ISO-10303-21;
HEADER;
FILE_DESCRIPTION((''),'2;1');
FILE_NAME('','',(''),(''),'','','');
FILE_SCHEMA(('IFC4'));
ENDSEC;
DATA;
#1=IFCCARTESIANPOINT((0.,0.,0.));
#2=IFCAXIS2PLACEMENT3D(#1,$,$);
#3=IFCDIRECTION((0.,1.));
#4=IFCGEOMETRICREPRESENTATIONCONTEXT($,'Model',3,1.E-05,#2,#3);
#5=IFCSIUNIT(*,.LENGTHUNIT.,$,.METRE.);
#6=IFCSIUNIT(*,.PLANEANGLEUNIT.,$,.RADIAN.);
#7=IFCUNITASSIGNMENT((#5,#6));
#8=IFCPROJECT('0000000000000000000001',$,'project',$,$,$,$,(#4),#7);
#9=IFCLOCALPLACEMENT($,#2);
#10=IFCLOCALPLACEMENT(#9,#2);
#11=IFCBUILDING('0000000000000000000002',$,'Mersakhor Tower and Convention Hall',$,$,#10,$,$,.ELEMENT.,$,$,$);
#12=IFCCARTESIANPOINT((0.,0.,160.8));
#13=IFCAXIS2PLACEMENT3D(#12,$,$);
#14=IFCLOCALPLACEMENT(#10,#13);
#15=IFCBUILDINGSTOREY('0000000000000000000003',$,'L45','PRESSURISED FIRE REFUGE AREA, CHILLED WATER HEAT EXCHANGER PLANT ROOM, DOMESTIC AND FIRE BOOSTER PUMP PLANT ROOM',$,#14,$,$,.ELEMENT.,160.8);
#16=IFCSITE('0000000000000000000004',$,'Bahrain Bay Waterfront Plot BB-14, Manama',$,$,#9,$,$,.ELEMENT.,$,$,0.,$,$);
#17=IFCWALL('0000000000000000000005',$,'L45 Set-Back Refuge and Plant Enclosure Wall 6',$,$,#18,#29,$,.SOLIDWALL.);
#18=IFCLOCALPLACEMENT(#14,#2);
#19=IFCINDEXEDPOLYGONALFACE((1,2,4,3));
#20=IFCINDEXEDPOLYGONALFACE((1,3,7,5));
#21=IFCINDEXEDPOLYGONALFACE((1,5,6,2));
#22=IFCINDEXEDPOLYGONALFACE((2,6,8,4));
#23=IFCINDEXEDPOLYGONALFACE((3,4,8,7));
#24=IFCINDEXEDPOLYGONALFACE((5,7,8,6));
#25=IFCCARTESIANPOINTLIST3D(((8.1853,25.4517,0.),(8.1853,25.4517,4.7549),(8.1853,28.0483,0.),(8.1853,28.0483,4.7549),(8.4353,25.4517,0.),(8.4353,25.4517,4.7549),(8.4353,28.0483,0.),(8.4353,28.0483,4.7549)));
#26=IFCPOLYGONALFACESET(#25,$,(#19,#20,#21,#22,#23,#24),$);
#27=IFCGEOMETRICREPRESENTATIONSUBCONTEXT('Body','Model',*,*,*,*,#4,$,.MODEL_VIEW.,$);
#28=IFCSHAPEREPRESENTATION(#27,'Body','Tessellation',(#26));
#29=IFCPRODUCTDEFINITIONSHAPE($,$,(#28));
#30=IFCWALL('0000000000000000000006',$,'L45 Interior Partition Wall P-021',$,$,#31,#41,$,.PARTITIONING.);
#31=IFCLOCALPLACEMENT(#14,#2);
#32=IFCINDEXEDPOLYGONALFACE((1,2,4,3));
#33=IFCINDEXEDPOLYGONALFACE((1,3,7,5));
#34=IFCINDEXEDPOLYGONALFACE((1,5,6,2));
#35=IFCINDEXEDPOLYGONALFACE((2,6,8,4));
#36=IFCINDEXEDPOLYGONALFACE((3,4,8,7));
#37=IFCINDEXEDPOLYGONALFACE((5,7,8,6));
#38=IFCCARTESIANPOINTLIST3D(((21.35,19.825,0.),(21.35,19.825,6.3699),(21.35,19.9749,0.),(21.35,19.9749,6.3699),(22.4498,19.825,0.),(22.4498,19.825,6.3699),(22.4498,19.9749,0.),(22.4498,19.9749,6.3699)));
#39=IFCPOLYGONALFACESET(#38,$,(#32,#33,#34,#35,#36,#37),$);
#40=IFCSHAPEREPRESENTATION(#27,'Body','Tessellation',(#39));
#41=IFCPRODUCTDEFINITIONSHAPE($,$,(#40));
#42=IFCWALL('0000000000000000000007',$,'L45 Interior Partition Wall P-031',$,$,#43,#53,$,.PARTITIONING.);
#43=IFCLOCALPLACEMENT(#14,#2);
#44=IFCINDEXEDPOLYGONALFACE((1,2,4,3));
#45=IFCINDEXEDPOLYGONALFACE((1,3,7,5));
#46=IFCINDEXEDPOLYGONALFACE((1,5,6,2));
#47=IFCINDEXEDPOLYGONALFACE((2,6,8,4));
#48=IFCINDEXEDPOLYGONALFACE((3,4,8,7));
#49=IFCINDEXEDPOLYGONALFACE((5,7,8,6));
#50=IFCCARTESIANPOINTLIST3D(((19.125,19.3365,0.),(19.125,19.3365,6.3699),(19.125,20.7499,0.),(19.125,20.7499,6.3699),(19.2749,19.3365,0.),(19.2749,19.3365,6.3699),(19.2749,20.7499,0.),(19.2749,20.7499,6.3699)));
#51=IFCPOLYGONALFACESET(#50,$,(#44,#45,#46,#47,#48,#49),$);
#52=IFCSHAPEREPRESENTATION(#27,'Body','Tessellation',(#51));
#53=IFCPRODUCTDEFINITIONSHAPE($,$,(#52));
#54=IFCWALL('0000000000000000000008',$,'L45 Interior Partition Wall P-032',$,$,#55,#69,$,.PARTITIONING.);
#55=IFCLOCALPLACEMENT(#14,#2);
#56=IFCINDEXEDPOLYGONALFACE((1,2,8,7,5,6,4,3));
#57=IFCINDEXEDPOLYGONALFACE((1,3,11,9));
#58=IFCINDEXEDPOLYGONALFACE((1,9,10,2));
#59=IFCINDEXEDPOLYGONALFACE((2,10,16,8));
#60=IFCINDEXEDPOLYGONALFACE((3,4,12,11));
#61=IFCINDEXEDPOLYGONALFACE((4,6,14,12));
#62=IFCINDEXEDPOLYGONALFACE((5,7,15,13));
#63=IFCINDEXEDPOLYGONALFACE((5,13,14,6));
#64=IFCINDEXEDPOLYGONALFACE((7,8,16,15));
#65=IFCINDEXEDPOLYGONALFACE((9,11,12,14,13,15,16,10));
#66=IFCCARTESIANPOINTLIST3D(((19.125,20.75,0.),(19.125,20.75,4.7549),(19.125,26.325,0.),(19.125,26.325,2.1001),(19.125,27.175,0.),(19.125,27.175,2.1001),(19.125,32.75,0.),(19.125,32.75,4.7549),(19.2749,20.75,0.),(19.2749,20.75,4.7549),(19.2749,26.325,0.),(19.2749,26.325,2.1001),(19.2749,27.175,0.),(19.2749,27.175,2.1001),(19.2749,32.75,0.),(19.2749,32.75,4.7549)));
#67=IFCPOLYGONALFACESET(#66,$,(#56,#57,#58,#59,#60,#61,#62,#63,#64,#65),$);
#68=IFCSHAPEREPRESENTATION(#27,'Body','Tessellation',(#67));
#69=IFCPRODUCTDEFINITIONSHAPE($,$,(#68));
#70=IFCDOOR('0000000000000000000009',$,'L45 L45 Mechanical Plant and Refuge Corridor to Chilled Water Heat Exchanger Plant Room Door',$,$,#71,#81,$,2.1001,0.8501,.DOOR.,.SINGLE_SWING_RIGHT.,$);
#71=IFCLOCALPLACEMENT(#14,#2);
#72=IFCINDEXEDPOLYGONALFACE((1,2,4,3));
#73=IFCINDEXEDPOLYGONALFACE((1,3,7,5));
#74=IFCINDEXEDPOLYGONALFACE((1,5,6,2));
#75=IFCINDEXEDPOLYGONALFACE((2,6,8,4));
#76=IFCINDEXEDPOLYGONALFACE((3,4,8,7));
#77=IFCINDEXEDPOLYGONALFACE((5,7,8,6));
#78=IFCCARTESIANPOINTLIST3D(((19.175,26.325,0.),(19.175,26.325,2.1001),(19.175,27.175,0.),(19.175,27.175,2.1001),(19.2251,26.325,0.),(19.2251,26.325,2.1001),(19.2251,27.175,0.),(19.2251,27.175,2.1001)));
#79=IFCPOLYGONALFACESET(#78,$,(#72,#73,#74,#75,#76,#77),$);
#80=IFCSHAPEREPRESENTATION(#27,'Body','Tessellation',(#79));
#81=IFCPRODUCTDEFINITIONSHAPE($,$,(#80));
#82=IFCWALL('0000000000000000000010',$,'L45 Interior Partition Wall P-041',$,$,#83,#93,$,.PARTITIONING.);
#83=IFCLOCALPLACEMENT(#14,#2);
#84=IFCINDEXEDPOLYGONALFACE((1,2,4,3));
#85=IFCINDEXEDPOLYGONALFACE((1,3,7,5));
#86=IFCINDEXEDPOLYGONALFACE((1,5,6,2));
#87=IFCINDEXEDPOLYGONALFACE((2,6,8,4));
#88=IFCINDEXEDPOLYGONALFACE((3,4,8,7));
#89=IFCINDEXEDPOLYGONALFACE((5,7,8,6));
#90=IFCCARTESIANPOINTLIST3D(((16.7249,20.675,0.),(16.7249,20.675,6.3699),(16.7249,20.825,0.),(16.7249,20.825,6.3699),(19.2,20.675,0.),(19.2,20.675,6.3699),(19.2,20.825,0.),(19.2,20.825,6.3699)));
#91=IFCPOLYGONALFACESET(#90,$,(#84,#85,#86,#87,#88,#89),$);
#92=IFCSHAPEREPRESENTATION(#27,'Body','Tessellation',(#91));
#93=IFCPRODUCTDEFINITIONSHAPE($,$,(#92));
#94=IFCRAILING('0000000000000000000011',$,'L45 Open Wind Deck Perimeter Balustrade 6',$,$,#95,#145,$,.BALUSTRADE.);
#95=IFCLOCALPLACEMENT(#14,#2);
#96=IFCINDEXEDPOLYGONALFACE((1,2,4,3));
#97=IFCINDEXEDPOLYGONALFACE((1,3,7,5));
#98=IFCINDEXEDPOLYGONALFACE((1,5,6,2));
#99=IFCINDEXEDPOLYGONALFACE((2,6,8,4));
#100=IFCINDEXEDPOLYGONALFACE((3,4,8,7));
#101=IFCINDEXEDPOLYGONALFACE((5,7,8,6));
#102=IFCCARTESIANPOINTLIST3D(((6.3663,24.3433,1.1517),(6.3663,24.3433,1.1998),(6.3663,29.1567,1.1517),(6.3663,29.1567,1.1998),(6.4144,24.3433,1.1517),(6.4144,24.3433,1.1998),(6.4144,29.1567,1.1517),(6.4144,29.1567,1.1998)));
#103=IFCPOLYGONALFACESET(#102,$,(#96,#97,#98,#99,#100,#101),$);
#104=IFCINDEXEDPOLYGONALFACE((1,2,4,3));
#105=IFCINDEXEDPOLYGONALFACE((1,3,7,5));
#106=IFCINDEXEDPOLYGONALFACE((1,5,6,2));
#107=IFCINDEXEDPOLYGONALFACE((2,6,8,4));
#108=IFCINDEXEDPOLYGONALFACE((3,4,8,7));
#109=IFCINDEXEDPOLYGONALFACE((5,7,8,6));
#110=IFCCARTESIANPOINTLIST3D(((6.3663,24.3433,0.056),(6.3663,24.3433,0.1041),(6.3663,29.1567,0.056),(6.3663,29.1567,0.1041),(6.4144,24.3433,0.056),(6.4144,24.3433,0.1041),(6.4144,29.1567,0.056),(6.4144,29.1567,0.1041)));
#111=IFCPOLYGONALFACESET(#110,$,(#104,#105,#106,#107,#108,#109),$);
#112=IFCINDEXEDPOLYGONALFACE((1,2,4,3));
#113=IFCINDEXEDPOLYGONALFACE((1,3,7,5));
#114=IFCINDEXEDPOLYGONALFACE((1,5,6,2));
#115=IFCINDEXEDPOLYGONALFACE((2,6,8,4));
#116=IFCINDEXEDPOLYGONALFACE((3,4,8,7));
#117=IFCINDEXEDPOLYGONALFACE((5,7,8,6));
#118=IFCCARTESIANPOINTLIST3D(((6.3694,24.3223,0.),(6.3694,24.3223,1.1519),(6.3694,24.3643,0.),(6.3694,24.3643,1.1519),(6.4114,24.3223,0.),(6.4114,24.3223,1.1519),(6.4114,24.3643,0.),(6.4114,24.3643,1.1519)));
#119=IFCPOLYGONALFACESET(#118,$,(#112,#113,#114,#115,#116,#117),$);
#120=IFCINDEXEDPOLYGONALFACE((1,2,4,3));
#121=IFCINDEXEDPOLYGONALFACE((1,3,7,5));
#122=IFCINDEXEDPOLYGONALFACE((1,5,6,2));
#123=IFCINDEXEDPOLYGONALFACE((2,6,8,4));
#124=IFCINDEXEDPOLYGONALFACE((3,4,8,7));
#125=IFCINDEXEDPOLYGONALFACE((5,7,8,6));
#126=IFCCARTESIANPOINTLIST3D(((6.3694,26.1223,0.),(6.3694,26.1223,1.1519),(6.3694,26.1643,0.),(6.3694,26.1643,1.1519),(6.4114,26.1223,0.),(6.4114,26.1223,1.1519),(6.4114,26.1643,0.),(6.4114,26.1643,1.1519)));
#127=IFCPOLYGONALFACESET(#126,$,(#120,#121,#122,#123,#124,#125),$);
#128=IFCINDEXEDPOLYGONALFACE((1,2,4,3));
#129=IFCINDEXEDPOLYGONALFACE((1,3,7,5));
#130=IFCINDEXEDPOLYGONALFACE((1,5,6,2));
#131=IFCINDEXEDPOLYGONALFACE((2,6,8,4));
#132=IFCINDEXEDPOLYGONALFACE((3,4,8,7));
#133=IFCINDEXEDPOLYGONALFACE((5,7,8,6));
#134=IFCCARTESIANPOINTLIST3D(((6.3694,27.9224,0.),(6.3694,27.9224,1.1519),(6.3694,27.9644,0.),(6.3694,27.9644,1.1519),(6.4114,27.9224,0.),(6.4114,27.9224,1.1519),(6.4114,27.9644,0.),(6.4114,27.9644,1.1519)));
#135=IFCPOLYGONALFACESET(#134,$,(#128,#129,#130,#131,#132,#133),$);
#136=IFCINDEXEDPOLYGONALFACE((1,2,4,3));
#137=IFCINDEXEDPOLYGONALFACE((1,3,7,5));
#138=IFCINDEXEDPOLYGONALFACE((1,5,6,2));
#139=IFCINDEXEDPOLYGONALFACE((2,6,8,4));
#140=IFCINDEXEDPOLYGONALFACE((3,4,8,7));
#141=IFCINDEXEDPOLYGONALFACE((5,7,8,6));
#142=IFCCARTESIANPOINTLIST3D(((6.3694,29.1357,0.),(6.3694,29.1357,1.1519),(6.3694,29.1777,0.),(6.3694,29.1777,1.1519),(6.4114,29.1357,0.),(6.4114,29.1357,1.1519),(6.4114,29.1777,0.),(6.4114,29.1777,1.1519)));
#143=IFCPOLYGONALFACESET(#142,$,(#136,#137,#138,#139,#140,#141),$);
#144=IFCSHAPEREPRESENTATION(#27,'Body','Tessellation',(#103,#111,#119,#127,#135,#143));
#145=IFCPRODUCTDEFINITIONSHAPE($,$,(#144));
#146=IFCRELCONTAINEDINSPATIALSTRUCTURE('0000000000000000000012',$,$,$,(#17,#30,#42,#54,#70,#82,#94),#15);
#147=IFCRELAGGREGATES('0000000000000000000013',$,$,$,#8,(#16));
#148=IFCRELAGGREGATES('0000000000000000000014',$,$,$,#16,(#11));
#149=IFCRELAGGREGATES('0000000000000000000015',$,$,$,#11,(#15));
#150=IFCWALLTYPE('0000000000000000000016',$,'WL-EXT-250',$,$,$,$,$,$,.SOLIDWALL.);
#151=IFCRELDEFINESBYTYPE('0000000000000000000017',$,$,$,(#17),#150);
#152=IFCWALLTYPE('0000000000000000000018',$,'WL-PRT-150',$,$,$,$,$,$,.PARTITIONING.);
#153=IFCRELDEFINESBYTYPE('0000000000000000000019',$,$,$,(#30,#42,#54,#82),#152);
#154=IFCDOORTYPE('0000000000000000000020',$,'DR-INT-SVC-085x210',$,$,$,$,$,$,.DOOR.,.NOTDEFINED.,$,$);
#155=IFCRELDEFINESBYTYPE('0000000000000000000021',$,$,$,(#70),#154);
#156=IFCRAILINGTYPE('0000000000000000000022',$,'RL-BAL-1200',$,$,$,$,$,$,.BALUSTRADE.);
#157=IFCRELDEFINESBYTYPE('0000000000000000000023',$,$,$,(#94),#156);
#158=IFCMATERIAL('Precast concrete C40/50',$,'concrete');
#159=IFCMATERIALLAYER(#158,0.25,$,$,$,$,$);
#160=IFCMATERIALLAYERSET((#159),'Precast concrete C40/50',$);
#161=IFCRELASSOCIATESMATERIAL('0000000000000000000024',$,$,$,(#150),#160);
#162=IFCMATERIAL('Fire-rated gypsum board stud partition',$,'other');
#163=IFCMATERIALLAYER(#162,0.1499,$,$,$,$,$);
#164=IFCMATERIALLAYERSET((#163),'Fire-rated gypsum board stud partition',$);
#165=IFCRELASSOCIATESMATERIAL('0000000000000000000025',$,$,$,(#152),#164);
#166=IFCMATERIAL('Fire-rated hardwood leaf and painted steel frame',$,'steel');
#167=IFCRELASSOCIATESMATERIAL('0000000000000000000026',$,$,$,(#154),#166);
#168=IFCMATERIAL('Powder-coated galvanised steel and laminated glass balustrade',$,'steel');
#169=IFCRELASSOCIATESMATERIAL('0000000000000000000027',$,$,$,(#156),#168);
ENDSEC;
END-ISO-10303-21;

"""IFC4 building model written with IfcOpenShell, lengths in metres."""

from ifc_helpers import new_model, si_unit, direction, frame, frame_2d, origin, origin_2d, place, context, subcontext, project, spatial, rectangle, extrude, material, layer, layer_set, type_object, element, fill, save


model = new_model("IFC4")

# Units and contexts
model_context = context("Model", 3, precision=1e-05, world=origin(), true_north=direction((0.0, 1.0)))
body_context = subcontext(model_context, "Body", "Model", "MODEL_VIEW")
ifc_project = project(units=[si_unit("LENGTHUNIT", "METRE"), si_unit("PLANEANGLEUNIT", "RADIAN")], contexts=[model_context])

# Site, building, storey
site_placement = place(None, origin())
site = spatial("IfcSite", under=ifc_project, at=site_placement, Name="Bahrain Bay Waterfront Plot BB-14, Manama", CompositionType="ELEMENT", RefElevation=0.0)
building_placement = place(site_placement, origin())
building = spatial("IfcBuilding", under=site, at=building_placement, Name="Mersakhor Tower and Convention Hall", CompositionType="ELEMENT")
storey_placement = place(building_placement, frame((0.0, 0.0, 160.8)))
storey = spatial("IfcBuildingStorey", under=building, at=storey_placement, Name="L45", Description="PRESSURISED FIRE REFUGE AREA, CHILLED WATER HEAT EXCHANGER PLANT ROOM, DOMESTIC AND FIRE BOOSTER PUMP PLANT ROOM", CompositionType="ELEMENT", Elevation=160.8)

# Walls
ifc_material_1 = material(Name="Precast concrete C40/50", Category="concrete")
ifc_layer_1 = layer(ifc_material_1, 0.25)
ifc_layer_set_1 = layer_set([ifc_layer_1], Name="Precast concrete C40/50")
wall_type_1 = type_object("IfcWallType", Name="WL-EXT-250", PredefinedType="SOLIDWALL", material=ifc_layer_set_1)
wall_1_placement = place(storey_placement, frame((8.3103, 25.4517, 0.0), z_axis=(0.0, 0.0, 1.0), x_axis=(0.0, 1.0, 0.0)))
element("IfcWall", 1, at=wall_1_placement, inside=storey, type_object=wall_type_1, Name="L45 Set-Back Refuge and Plant Enclosure Wall 6", PredefinedType="SOLIDWALL", context=body_context, shape_type="SweptSolid", body=[
    extrude(rectangle(XDim=2.5967, YDim=0.25, at=frame_2d((1.2983, 0.0))), origin(), (0.0, 0.0, 1.0), 4.7549),
])
ifc_material_2 = material(Name="Fire-rated gypsum board stud partition", Category="other")
ifc_layer_2 = layer(ifc_material_2, 0.1499)
ifc_layer_set_2 = layer_set([ifc_layer_2], Name="Fire-rated gypsum board stud partition")
wall_type_2 = type_object("IfcWallType", Name="WL-PRT-150", PredefinedType="PARTITIONING", material=ifc_layer_set_2)
wall_2_placement = place(storey_placement, frame((21.3501, 19.8999, 0.0), z_axis=(0.0, 0.0, 1.0), x_axis=(1.0, 0.0, 0.0)))
element("IfcWall", 2, at=wall_2_placement, inside=storey, type_object=wall_type_2, Name="L45 Interior Partition Wall P-021", PredefinedType="PARTITIONING", context=body_context, shape_type="SweptSolid", body=[
    extrude(rectangle(XDim=1.0999, YDim=0.1499, at=frame_2d((0.5498, 0.0))), origin(), (0.0, 0.0, 1.0), 6.3699),
])
wall_3_placement = place(storey_placement, frame((19.2, 19.3367, 0.0), z_axis=(0.0, 0.0, 1.0), x_axis=(0.0, 1.0, 0.0)))
element("IfcWall", 3, at=wall_3_placement, inside=storey, type_object=wall_type_2, Name="L45 Interior Partition Wall P-031", PredefinedType="PARTITIONING", context=body_context, shape_type="SweptSolid", body=[
    extrude(rectangle(XDim=1.4133, YDim=0.1499, at=frame_2d((0.7065, 0.0))), origin(), (0.0, 0.0, 1.0), 6.3699),
])

# Wall, opening, door
wall_4_placement = place(storey_placement, frame((19.2, 20.75, 0.0), z_axis=(0.0, 0.0, 1.0), x_axis=(0.0, 1.0, 0.0)))
wall_4 = element("IfcWall", 4, at=wall_4_placement, inside=storey, type_object=wall_type_2, Name="L45 Interior Partition Wall P-032", PredefinedType="PARTITIONING", context=body_context, shape_type="SweptSolid", body=[
    extrude(rectangle(XDim=12.0, YDim=0.1499, at=frame_2d((6.0, 0.0))), origin(), (0.0, 0.0, 1.0), 4.7549),
])
opening_placement = place(wall_4_placement, frame((5.575, 0.0, 0.0)))
opening = element("IfcOpeningElement", 5, at=opening_placement, cuts=wall_4, PredefinedType="OPENING", context=body_context, shape_type="SweptSolid", body=[
    extrude(rectangle(XDim=0.8501, YDim=2.1001, at=frame_2d((0.425, 1.05))), frame((0.0, 0.085, 0.0), z_axis=(0.0, -1.0, 0.0), x_axis=(1.0, 0.0, 0.0)), (0.0, 0.0, 1.0), 0.1699),
])
ifc_material_3 = material(Name="Fire-rated hardwood leaf and painted steel frame", Category="steel")
door_type = type_object("IfcDoorType", Name="DR-INT-SVC-085x210", OperationType="NOTDEFINED", PredefinedType="DOOR", material=ifc_material_3)
door_placement = place(opening_placement, origin())
door = element("IfcDoor", 6, at=door_placement, inside=storey, type_object=door_type, Name="L45 L45 Mechanical Plant and Refuge Corridor to Chilled Water Heat Exchanger Plant Room Door", OperationType="SINGLE_SWING_RIGHT", OverallHeight=2.1001, OverallWidth=0.8501, PredefinedType="DOOR", context=body_context, shape_type="SweptSolid", body=[
    extrude(rectangle(XDim=0.8501, YDim=2.1001, at=frame_2d((0.425, 1.05))), frame((0.0, 0.0249, 0.0), z_axis=(0.0, -1.0, 0.0), x_axis=(1.0, 0.0, 0.0)), (0.0, 0.0, 1.0), 0.05),
])
fill(opening, door)

# Wall
wall_5_placement = place(storey_placement, frame((19.2, 20.75, 0.0), z_axis=(0.0, 0.0, 1.0), x_axis=(-1.0, 0.0, 0.0)))
element("IfcWall", 7, at=wall_5_placement, inside=storey, type_object=wall_type_2, Name="L45 Interior Partition Wall P-041", PredefinedType="PARTITIONING", context=body_context, shape_type="SweptSolid", body=[
    extrude(rectangle(XDim=2.4751, YDim=0.1499, at=frame_2d((1.2375, 0.0))), origin(), (0.0, 0.0, 1.0), 6.3699),
])

# Railing
ifc_material_4 = material(Name="Powder-coated galvanised steel and laminated glass balustrade", Category="steel")
railing_type = type_object("IfcRailingType", Name="RL-BAL-1200", PredefinedType="BALUSTRADE", material=ifc_material_4)
railing_placement = place(storey_placement, frame((6.3904, 24.3433, 0.0)))
element("IfcRailing", 8, at=railing_placement, inside=storey, type_object=railing_type, Name="L45 Open Wind Deck Perimeter Balustrade 6", PredefinedType="BALUSTRADE", context=body_context, shape_type="SweptSolid", body=[
    extrude(rectangle(XDim=0.0481, YDim=0.0481, at=origin_2d()), frame((0.0, 0.0, 1.1758), z_axis=(0.0, 1.0, 0.0), x_axis=(-1.0, 0.0, 0.0)), (0.0, 0.0, 1.0), 4.8135),
    extrude(rectangle(XDim=0.0481, YDim=0.0481, at=origin_2d()), frame((0.0, 0.0, 0.0801), z_axis=(0.0, 1.0, 0.0), x_axis=(-1.0, 0.0, 0.0)), (0.0, 0.0, 1.0), 4.8135),
    extrude(rectangle(XDim=0.042, YDim=0.042, at=origin_2d()), origin(), (0.0, 0.0, 1.0), 1.1519),
    extrude(rectangle(XDim=0.042, YDim=0.042, at=origin_2d()), frame((0.0, 1.8, 0.0)), (0.0, 0.0, 1.0), 1.1519),
    extrude(rectangle(XDim=0.042, YDim=0.042, at=origin_2d()), frame((0.0, 3.6001, 0.0)), (0.0, 0.0, 1.0), 1.1519),
    extrude(rectangle(XDim=0.042, YDim=0.042, at=origin_2d()), frame((0.0, 4.8135, 0.0)), (0.0, 0.0, 1.0), 1.1519),
])

save(model, "model.ifc")
